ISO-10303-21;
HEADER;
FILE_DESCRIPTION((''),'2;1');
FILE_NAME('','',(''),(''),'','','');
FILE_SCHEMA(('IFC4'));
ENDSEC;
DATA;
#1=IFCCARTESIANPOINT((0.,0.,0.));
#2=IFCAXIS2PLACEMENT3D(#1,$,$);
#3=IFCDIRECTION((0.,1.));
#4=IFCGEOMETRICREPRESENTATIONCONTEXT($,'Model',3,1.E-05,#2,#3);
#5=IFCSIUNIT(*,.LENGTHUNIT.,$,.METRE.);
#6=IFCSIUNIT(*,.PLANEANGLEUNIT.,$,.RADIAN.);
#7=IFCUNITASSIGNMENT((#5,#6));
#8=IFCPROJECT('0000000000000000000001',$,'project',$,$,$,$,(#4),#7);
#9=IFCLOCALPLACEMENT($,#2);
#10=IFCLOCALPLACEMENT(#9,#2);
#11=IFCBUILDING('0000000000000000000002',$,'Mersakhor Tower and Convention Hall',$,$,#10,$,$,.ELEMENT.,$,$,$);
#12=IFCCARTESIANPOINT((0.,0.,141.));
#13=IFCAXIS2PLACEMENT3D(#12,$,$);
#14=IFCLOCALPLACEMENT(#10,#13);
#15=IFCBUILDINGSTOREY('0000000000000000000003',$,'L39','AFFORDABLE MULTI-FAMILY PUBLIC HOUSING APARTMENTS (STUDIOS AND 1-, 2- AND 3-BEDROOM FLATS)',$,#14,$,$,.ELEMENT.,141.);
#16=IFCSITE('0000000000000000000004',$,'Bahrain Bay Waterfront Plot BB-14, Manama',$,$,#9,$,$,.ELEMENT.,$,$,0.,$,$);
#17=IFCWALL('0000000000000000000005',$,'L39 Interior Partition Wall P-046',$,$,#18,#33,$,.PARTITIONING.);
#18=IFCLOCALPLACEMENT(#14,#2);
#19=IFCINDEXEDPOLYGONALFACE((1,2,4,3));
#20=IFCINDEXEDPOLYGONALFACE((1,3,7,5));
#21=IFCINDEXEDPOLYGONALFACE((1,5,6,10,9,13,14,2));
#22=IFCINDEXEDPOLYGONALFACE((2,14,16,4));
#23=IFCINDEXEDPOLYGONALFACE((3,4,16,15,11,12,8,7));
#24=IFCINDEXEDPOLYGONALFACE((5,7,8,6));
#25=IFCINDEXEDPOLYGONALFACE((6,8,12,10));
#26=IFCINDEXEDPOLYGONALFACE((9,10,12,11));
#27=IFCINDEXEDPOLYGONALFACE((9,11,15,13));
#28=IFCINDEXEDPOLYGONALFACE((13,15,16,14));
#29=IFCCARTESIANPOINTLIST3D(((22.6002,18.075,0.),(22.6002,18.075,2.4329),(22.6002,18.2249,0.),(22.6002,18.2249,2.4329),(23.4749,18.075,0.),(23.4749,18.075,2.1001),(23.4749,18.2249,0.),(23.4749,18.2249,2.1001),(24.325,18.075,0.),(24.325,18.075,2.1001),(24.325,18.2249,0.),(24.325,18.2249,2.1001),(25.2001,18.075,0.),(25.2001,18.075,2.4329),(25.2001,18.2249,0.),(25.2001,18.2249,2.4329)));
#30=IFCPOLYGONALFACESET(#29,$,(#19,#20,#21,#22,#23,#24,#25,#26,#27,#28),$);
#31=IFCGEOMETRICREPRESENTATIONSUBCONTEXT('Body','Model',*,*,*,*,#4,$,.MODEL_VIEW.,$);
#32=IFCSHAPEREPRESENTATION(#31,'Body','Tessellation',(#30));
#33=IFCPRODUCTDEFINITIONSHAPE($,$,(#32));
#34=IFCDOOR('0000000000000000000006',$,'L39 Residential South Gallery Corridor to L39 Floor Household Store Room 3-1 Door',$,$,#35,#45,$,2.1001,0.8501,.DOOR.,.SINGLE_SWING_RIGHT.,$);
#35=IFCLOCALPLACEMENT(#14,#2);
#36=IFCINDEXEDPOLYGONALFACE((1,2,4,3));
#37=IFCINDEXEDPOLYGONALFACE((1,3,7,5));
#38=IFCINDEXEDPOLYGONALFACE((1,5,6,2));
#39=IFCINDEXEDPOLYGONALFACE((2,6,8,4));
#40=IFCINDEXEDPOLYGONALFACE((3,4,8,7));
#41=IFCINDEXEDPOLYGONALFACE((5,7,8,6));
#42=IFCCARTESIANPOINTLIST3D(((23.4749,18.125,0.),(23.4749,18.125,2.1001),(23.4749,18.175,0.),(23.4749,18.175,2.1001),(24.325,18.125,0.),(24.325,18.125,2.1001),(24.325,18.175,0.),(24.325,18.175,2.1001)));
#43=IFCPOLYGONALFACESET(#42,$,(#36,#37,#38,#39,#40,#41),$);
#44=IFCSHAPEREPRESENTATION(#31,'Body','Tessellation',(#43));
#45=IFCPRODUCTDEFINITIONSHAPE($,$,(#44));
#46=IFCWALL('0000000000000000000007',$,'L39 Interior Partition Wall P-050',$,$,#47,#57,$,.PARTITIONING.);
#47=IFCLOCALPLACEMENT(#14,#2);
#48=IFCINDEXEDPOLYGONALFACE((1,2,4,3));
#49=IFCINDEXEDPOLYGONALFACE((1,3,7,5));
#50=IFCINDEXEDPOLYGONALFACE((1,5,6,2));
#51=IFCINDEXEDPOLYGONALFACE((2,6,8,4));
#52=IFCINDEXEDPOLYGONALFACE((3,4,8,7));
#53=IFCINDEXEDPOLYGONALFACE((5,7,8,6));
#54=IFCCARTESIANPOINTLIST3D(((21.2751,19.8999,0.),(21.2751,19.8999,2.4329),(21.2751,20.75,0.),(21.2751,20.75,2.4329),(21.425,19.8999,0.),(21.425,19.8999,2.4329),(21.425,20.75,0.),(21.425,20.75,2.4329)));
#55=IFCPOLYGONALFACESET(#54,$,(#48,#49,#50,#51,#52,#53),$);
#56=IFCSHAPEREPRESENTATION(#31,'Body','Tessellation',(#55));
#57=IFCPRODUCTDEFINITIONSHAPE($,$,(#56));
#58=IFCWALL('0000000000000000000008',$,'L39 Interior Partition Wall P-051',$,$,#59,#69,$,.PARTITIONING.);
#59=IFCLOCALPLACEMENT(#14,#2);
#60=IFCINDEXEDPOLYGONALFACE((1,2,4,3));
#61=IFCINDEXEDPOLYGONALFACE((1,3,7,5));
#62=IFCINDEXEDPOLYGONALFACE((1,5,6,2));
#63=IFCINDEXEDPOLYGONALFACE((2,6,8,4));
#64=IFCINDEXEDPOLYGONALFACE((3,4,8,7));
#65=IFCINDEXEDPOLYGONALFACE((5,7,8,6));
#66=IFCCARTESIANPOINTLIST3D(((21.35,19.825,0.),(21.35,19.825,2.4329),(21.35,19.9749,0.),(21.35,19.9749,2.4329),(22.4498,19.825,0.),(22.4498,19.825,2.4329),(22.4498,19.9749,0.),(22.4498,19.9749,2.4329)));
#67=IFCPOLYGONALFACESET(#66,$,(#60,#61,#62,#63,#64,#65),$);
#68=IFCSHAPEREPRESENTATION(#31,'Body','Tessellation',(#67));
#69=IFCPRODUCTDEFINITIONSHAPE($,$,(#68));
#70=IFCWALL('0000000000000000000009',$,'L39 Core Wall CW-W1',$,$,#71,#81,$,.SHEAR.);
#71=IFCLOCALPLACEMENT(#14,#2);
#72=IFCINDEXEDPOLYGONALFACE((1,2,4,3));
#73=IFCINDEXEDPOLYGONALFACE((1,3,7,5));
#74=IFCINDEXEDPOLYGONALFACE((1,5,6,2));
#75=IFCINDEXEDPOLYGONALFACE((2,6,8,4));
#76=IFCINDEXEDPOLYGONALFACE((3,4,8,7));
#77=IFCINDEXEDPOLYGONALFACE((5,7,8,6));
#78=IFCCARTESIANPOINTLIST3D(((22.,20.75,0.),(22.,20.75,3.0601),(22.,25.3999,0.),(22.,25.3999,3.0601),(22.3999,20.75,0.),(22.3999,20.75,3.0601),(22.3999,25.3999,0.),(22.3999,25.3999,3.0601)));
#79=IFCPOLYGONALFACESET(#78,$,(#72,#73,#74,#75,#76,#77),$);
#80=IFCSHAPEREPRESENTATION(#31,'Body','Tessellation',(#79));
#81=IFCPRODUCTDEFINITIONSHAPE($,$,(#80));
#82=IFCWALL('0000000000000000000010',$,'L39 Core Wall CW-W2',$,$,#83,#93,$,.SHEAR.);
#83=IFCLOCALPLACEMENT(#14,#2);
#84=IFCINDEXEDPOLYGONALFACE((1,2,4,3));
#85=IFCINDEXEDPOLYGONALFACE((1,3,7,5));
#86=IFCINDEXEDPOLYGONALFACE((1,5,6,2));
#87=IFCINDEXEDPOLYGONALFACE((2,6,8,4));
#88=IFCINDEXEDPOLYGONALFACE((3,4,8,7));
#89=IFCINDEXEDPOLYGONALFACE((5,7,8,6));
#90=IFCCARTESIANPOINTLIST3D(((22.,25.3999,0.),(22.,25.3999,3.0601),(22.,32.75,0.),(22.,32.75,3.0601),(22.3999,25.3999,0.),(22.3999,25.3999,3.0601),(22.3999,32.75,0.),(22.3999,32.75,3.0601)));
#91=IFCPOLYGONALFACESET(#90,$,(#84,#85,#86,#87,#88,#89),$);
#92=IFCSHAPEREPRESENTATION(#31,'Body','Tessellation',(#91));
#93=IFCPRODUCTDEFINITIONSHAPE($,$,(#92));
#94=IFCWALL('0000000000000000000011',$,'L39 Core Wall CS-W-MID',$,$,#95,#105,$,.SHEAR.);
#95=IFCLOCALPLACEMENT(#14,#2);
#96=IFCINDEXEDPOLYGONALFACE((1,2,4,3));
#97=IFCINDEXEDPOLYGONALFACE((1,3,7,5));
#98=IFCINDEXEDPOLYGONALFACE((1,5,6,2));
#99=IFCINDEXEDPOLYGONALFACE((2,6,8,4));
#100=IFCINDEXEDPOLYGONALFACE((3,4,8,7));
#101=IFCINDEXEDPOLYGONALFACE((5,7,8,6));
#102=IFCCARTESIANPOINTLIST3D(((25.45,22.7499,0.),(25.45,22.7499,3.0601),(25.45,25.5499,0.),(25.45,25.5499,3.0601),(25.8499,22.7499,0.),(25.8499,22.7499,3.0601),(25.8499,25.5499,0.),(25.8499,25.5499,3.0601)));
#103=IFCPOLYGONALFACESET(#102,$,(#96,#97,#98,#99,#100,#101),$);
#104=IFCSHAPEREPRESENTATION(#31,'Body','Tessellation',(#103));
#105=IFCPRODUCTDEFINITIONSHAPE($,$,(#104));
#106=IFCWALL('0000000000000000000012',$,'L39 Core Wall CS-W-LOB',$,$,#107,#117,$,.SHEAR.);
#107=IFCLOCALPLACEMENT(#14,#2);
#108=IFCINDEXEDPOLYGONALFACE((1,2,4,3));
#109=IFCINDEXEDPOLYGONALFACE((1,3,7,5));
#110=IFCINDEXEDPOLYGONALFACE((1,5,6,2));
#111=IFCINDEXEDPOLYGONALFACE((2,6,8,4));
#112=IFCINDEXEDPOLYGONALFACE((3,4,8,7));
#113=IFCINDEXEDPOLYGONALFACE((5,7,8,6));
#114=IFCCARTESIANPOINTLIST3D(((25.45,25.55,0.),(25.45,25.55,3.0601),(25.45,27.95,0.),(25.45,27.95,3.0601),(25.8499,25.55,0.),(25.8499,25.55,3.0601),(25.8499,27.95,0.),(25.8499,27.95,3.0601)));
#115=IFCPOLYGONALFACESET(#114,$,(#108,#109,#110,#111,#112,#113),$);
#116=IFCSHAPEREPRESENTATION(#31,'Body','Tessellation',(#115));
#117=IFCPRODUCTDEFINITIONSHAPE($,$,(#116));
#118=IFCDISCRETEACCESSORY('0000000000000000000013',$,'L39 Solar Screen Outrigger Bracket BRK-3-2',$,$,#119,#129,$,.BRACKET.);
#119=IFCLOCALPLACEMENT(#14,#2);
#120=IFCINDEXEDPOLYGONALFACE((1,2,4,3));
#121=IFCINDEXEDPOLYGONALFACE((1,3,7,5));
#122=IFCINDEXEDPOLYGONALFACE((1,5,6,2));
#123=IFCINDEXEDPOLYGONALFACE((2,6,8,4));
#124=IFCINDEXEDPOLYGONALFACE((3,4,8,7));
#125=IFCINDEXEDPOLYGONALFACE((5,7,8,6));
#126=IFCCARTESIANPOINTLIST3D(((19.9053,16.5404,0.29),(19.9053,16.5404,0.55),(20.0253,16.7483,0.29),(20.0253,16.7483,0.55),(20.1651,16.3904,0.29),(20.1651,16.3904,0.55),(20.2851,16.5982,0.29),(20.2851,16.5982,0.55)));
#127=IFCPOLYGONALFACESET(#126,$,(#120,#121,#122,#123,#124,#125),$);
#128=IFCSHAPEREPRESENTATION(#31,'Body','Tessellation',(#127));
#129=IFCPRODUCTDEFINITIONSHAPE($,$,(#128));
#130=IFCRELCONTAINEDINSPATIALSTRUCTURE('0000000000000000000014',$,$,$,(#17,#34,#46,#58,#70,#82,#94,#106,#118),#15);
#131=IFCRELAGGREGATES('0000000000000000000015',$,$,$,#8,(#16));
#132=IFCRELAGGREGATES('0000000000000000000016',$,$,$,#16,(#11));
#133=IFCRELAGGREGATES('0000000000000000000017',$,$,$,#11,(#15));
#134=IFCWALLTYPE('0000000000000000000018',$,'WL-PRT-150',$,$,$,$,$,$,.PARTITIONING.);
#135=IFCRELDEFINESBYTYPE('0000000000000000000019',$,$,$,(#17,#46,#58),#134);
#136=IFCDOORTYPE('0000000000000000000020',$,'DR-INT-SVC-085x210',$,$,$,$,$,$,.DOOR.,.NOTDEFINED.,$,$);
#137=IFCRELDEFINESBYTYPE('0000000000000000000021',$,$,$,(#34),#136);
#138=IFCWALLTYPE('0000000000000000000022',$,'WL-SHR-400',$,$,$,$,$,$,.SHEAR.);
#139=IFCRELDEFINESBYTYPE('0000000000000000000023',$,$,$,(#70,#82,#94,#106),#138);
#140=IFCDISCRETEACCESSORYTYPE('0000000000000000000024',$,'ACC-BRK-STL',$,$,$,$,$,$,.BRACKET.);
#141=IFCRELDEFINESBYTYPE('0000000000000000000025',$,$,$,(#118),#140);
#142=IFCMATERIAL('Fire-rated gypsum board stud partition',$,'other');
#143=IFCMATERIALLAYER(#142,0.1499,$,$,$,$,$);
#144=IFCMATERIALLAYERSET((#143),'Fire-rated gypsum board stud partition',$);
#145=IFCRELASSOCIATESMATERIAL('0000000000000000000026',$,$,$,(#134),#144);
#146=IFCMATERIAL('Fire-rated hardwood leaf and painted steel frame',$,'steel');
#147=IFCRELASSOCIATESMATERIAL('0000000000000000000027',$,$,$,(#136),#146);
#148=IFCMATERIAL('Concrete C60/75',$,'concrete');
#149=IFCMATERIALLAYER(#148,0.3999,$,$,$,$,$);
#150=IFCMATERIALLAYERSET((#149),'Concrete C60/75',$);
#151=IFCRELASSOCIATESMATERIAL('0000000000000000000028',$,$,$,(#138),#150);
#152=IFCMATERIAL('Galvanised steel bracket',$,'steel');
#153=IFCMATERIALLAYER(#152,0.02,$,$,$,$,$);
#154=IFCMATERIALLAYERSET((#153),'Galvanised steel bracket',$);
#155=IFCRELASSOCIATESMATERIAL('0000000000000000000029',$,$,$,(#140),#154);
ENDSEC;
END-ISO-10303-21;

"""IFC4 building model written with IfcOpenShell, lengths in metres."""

from ifc_helpers import new_model, si_unit, direction, frame, frame_2d, origin, origin_2d, place, context, subcontext, project, spatial, rectangle, extrude, material, layer, layer_set, type_object, element, fill, save


model = new_model("IFC4")

# Units and contexts
model_context = context("Model", 3, precision=1e-05, world=origin(), true_north=direction((0.0, 1.0)))
body_context = subcontext(model_context, "Body", "Model", "MODEL_VIEW")
ifc_project = project(units=[si_unit("LENGTHUNIT", "METRE"), si_unit("PLANEANGLEUNIT", "RADIAN")], contexts=[model_context])

# Site, building, storey
site_placement = place(None, origin())
site = spatial("IfcSite", under=ifc_project, at=site_placement, Name="Bahrain Bay Waterfront Plot BB-14, Manama", CompositionType="ELEMENT", RefElevation=0.0)
building_placement = place(site_placement, origin())
building = spatial("IfcBuilding", under=site, at=building_placement, Name="Mersakhor Tower and Convention Hall", CompositionType="ELEMENT")
storey_placement = place(building_placement, frame((0.0, 0.0, 141.0)))
storey = spatial("IfcBuildingStorey", under=building, at=storey_placement, Name="L39", Description="AFFORDABLE MULTI-FAMILY PUBLIC HOUSING APARTMENTS (STUDIOS AND 1-, 2- AND 3-BEDROOM FLATS)", CompositionType="ELEMENT", Elevation=141.0)

# Shared definitions
ifc_material_1 = material(Name="Fire-rated gypsum board stud partition", Category="other")
ifc_layer_1 = layer(ifc_material_1, 0.1499)
ifc_layer_set_1 = layer_set([ifc_layer_1], Name="Fire-rated gypsum board stud partition")
wall_type_1 = type_object("IfcWallType", Name="WL-PRT-150", PredefinedType="PARTITIONING", material=ifc_layer_set_1)

# Wall, opening, door
wall_1_placement = place(storey_placement, frame((25.2, 18.1499, 0.0), z_axis=(0.0, 0.0, 1.0), x_axis=(-1.0, 0.0, 0.0)))
wall_1 = element("IfcWall", 1, at=wall_1_placement, inside=storey, type_object=wall_type_1, Name="L39 Interior Partition Wall P-046", PredefinedType="PARTITIONING", context=body_context, shape_type="SweptSolid", body=[
    extrude(rectangle(XDim=2.5999, YDim=0.1499, at=frame_2d((1.2998, 0.0))), origin(), (0.0, 0.0, 1.0), 2.4329),
])
opening_1_placement = place(wall_1_placement, frame((0.875, 0.0, 0.0)))
opening_1 = element("IfcOpeningElement", 2, at=opening_1_placement, cuts=wall_1, PredefinedType="OPENING", context=body_context, shape_type="SweptSolid", body=[
    extrude(rectangle(XDim=0.8501, YDim=2.1001, at=frame_2d((0.425, 1.05))), frame((0.0, 0.085, 0.0), z_axis=(0.0, -1.0, 0.0), x_axis=(1.0, 0.0, 0.0)), (0.0, 0.0, 1.0), 0.1699),
])
ifc_material_2 = material(Name="Fire-rated hardwood leaf and painted steel frame", Category="steel")
door_type_1 = type_object("IfcDoorType", Name="DR-INT-SVC-085x210", OperationType="NOTDEFINED", PredefinedType="DOOR", material=ifc_material_2)
door_1_placement = place(opening_1_placement, origin())
door_1 = element("IfcDoor", 3, at=door_1_placement, inside=storey, type_object=door_type_1, Name="L39 Residential South Gallery Corridor to L39 Floor Household Store Room 3-1 Door", OperationType="SINGLE_SWING_RIGHT", OverallHeight=2.1001, OverallWidth=0.8501, PredefinedType="DOOR", context=body_context, shape_type="SweptSolid", body=[
    extrude(rectangle(XDim=0.8501, YDim=2.1001, at=frame_2d((0.425, 1.05))), frame((0.0, 0.0249, 0.0), z_axis=(0.0, -1.0, 0.0), x_axis=(1.0, 0.0, 0.0)), (0.0, 0.0, 1.0), 0.05),
])
fill(opening_1, door_1)

# Walls
wall_2_placement = place(storey_placement, frame((21.3501, 20.75, 0.0), z_axis=(0.0, 0.0, 1.0), x_axis=(0.0, -1.0, 0.0)))
element("IfcWall", 4, at=wall_2_placement, inside=storey, type_object=wall_type_1, Name="L39 Interior Partition Wall P-050", PredefinedType="PARTITIONING", context=body_context, shape_type="SweptSolid", body=[
    extrude(rectangle(XDim=0.8501, YDim=0.1499, at=frame_2d((0.425, 0.0))), origin(), (0.0, 0.0, 1.0), 2.4329),
])
wall_3_placement = place(storey_placement, frame((21.3501, 19.8999, 0.0), z_axis=(0.0, 0.0, 1.0), x_axis=(1.0, 0.0, 0.0)))
element("IfcWall", 5, at=wall_3_placement, inside=storey, type_object=wall_type_1, Name="L39 Interior Partition Wall P-051", PredefinedType="PARTITIONING", context=body_context, shape_type="SweptSolid", body=[
    extrude(rectangle(XDim=1.0999, YDim=0.1499, at=frame_2d((0.5498, 0.0))), origin(), (0.0, 0.0, 1.0), 2.4329),
])

# Walls
ifc_material_3 = material(Name="Concrete C60/75", Category="concrete")
ifc_layer_2 = layer(ifc_material_3, 0.3999)
ifc_layer_set_2 = layer_set([ifc_layer_2], Name="Concrete C60/75")
wall_type_2 = type_object("IfcWallType", Name="WL-SHR-400", PredefinedType="SHEAR", material=ifc_layer_set_2)
wall_4_placement = place(storey_placement, frame((22.2, 20.75, 0.0), z_axis=(0.0, 0.0, 1.0), x_axis=(0.0, 1.0, 0.0)))
element("IfcWall", 6, at=wall_4_placement, inside=storey, type_object=wall_type_2, Name="L39 Core Wall CW-W1", PredefinedType="SHEAR", context=body_context, shape_type="SweptSolid", body=[
    extrude(rectangle(XDim=4.6499, YDim=0.3999, at=frame_2d((2.325, 0.0))), origin(), (0.0, 0.0, 1.0), 3.0601),
])
wall_5_placement = place(storey_placement, frame((22.2, 25.3999, 0.0), z_axis=(0.0, 0.0, 1.0), x_axis=(0.0, 1.0, 0.0)))
element("IfcWall", 7, at=wall_5_placement, inside=storey, type_object=wall_type_2, Name="L39 Core Wall CW-W2", PredefinedType="SHEAR", context=body_context, shape_type="SweptSolid", body=[
    extrude(rectangle(XDim=7.3501, YDim=0.3999, at=frame_2d((3.675, 0.0))), origin(), (0.0, 0.0, 1.0), 3.0601),
])

# Walls
wall_6_placement = place(storey_placement, frame((25.6499, 22.75, 0.0), z_axis=(0.0, 0.0, 1.0), x_axis=(0.0, 1.0, 0.0)))
element("IfcWall", 8, at=wall_6_placement, inside=storey, type_object=wall_type_2, Name="L39 Core Wall CS-W-MID", PredefinedType="SHEAR", context=body_context, shape_type="SweptSolid", body=[
    extrude(rectangle(XDim=2.8, YDim=0.3999, at=frame_2d((1.3999, 0.0))), origin(), (0.0, 0.0, 1.0), 3.0601),
])
wall_7_placement = place(storey_placement, frame((25.6499, 25.55, 0.0), z_axis=(0.0, 0.0, 1.0), x_axis=(0.0, 1.0, 0.0)))
element("IfcWall", 9, at=wall_7_placement, inside=storey, type_object=wall_type_2, Name="L39 Core Wall CS-W-LOB", PredefinedType="SHEAR", context=body_context, shape_type="SweptSolid", body=[
    extrude(rectangle(XDim=2.3999, YDim=0.3999, at=frame_2d((1.2, 0.0))), origin(), (0.0, 0.0, 1.0), 3.0601),
])

# Discrete accessory
ifc_material_4 = material(Name="Galvanised steel bracket", Category="steel")
ifc_layer_3 = layer(ifc_material_4, 0.02)
ifc_layer_set_3 = layer_set([ifc_layer_3], Name="Galvanised steel bracket")
discrete_accessory_type = type_object("IfcDiscreteAccessoryType", Name="ACC-BRK-STL", PredefinedType="BRACKET", material=ifc_layer_set_3)
discrete_accessory_placement = place(storey_placement, frame((20.0952, 16.5693, 0.29), z_axis=(0.0, 0.0, 1.0), x_axis=(-0.866025, 0.5, 0.0)))
element("IfcDiscreteAccessory", 10, at=discrete_accessory_placement, inside=storey, type_object=discrete_accessory_type, Name="L39 Solar Screen Outrigger Bracket BRK-3-2", PredefinedType="BRACKET", context=body_context, shape_type="SweptSolid", body=[
    extrude(rectangle(XDim=0.3, YDim=0.24, at=origin_2d()), origin(), (0.0, 0.0, 1.0), 0.26),
])

save(model, "model.ifc")
